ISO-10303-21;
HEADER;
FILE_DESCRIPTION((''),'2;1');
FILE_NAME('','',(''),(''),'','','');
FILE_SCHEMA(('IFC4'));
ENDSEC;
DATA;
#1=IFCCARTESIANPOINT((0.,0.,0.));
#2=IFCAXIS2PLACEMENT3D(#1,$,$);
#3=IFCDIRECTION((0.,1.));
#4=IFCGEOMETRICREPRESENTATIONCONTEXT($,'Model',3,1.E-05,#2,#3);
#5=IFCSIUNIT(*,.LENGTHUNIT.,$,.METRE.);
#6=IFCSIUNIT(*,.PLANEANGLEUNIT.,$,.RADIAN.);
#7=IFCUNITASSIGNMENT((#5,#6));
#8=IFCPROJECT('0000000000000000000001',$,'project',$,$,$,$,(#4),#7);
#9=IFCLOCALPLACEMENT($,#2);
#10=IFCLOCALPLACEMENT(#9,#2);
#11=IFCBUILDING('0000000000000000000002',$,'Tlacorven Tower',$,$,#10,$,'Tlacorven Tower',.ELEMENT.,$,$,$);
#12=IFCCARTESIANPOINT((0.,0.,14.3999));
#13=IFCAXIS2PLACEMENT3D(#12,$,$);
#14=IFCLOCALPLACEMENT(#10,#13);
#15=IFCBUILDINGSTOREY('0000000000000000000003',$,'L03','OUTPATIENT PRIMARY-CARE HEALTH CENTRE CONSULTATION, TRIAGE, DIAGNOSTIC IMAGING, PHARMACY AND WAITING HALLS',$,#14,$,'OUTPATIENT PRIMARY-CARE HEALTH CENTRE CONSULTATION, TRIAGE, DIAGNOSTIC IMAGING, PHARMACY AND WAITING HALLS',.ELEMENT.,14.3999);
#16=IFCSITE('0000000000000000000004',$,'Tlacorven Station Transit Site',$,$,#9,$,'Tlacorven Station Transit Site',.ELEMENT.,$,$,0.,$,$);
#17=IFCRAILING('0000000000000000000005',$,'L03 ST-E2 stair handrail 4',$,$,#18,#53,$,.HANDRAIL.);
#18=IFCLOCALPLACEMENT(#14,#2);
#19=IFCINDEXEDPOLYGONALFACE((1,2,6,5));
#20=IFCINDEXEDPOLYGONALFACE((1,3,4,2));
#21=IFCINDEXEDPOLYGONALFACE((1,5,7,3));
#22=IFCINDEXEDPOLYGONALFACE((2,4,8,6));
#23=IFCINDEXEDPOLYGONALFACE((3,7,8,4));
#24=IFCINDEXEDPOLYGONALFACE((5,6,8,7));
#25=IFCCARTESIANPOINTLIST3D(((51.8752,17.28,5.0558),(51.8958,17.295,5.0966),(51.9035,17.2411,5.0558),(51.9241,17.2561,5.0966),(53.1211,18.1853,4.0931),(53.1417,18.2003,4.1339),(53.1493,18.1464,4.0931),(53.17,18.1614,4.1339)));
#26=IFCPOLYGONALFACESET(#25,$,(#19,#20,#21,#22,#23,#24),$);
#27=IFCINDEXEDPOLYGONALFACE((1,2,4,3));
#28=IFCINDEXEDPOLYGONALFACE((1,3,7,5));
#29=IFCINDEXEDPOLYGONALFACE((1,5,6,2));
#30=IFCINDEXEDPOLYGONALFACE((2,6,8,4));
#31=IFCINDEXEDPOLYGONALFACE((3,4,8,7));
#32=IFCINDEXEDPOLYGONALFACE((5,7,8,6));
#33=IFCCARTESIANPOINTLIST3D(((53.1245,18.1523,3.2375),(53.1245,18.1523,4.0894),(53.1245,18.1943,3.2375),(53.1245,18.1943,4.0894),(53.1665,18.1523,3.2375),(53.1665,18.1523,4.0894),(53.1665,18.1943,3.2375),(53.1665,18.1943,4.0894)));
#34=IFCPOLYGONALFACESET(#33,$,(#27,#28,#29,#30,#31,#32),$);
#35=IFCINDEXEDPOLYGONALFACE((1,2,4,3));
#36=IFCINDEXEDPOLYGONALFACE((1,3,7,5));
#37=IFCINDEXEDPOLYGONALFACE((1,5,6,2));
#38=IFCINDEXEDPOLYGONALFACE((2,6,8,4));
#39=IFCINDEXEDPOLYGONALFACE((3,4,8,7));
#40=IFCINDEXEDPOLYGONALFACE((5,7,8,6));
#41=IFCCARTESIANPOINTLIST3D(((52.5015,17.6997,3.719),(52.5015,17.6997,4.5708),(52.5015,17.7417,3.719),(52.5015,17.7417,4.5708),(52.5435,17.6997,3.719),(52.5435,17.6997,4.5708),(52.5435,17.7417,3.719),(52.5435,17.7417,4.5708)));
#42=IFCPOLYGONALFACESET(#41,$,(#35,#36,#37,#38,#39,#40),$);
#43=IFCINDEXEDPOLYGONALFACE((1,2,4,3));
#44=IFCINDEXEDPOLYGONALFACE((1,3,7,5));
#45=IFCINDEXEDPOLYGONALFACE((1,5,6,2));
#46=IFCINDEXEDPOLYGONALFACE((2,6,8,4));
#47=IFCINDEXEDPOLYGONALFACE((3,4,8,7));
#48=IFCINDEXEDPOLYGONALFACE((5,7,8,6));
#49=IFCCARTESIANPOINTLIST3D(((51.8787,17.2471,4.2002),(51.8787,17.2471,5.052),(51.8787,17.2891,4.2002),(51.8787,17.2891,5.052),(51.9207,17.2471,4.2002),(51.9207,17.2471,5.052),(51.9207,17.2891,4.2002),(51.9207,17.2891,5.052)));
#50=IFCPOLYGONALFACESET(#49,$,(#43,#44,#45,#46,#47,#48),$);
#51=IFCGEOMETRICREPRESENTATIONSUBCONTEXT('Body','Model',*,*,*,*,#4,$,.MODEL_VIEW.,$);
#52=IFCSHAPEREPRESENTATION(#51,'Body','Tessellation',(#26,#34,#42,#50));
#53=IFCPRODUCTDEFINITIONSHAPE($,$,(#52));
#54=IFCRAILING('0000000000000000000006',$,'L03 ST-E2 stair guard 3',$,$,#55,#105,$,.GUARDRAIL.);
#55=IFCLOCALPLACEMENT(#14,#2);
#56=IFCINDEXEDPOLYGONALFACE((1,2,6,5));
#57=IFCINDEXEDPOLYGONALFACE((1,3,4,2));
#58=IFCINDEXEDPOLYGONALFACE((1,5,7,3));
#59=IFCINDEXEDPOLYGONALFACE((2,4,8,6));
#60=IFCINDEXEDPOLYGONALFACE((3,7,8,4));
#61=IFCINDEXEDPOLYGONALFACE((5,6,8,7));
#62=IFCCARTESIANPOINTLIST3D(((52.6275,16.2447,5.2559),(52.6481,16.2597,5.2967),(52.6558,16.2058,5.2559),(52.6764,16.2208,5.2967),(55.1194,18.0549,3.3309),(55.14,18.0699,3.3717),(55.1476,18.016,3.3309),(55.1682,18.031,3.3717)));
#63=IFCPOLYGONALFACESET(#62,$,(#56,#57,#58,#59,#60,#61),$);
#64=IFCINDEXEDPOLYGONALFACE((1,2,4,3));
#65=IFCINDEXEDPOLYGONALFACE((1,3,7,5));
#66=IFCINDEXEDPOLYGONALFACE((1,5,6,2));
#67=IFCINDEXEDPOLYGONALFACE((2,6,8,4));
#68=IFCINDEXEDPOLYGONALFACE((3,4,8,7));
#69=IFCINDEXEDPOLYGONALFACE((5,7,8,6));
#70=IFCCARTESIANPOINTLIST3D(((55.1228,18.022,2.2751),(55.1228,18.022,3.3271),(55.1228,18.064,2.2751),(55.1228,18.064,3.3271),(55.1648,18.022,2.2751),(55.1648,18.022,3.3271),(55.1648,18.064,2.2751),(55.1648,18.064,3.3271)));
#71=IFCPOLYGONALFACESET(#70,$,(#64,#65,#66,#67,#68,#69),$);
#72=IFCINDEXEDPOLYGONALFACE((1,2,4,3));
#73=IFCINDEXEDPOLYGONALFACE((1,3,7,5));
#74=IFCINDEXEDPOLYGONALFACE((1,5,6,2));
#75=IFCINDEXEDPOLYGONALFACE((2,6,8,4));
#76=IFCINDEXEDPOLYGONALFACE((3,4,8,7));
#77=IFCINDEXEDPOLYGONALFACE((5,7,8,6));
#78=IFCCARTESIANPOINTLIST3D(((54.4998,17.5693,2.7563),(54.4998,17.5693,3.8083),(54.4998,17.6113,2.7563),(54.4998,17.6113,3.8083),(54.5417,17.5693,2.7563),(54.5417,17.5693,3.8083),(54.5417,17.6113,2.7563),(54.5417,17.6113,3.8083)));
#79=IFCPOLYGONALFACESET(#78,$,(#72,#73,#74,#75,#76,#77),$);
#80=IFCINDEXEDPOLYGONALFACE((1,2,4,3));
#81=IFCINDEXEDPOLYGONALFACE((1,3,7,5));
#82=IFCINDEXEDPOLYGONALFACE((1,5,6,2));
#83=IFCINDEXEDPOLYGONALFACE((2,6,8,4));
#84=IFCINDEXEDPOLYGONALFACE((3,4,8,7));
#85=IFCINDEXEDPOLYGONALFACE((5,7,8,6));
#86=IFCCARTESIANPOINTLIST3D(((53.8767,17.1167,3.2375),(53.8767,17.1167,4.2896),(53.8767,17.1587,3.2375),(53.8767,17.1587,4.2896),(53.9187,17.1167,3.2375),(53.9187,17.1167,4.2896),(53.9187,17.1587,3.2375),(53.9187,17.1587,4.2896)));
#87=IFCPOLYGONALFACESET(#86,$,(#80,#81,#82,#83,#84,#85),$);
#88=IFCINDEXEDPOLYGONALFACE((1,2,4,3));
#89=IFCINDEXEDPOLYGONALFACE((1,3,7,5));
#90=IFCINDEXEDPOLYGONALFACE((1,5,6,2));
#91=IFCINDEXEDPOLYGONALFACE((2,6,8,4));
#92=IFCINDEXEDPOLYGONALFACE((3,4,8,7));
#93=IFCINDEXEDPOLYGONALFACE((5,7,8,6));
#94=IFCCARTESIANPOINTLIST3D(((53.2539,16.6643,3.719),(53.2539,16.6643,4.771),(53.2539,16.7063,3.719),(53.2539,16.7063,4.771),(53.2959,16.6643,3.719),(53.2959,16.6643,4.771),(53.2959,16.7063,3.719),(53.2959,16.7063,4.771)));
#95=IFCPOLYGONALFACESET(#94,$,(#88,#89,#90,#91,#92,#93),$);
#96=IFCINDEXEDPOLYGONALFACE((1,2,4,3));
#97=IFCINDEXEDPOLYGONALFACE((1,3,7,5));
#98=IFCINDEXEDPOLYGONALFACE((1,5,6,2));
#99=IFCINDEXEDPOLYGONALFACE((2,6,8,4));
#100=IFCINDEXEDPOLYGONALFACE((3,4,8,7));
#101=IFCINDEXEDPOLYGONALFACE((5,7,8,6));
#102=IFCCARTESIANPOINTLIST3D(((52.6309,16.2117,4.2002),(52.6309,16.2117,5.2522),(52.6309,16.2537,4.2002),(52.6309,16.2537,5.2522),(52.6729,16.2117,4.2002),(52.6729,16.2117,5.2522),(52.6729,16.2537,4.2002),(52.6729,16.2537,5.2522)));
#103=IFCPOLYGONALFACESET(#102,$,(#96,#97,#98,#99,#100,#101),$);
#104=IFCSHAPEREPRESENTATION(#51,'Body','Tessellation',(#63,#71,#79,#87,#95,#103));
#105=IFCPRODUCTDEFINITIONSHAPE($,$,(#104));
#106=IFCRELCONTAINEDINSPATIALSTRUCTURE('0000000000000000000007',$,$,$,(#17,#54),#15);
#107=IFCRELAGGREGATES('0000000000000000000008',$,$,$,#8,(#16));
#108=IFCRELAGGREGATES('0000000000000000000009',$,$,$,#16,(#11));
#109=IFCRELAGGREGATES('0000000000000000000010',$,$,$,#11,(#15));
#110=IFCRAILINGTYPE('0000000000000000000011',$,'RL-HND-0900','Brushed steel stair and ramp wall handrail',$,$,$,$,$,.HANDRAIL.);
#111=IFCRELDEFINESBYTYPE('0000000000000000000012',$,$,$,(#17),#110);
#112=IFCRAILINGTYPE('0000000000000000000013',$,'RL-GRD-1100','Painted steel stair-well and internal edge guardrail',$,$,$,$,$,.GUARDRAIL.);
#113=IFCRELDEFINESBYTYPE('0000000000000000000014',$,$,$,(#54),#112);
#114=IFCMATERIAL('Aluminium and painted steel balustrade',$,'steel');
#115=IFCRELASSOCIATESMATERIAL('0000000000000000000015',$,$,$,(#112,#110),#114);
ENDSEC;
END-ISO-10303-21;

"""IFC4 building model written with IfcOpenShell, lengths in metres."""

from ifc_helpers import new_model, si_unit, direction, frame, origin, origin_2d, place, context, subcontext, project, spatial, rectangle, extrude, source, transform, mapped, material, type_object, element, save


model = new_model("IFC4")

# Units and contexts
model_context = context("Model", 3, precision=1e-05, world=origin(), true_north=direction((0.0, 1.0)))
body_context = subcontext(model_context, "Body", "Model", "MODEL_VIEW")
ifc_project = project(units=[si_unit("LENGTHUNIT", "METRE"), si_unit("PLANEANGLEUNIT", "RADIAN")], contexts=[model_context])

# Site, building, storey
site_placement = place(None, origin())
site = spatial("IfcSite", under=ifc_project, at=site_placement, Name="Tlacorven Station Transit Site", LongName="Tlacorven Station Transit Site", CompositionType="ELEMENT", RefElevation=0.0)
building_placement = place(site_placement, origin())
building = spatial("IfcBuilding", under=site, at=building_placement, Name="Tlacorven Tower", LongName="Tlacorven Tower", CompositionType="ELEMENT")
storey_placement = place(building_placement, frame((0.0, 0.0, 14.3999)))
storey = spatial("IfcBuildingStorey", under=building, at=storey_placement, Name="L03", Description="OUTPATIENT PRIMARY-CARE HEALTH CENTRE CONSULTATION, TRIAGE, DIAGNOSTIC IMAGING, PHARMACY AND WAITING HALLS", LongName="OUTPATIENT PRIMARY-CARE HEALTH CENTRE CONSULTATION, TRIAGE, DIAGNOSTIC IMAGING, PHARMACY AND WAITING HALLS", CompositionType="ELEMENT", Elevation=14.3999)

# Railings
ifc_material_1 = material(Name="Aluminium and painted steel balustrade", Category="steel")
railing_type_1 = type_object("IfcRailingType", Name="RL-GRD-1100", Description="Painted steel stair-well and internal edge guardrail", PredefinedType="GUARDRAIL", material=ifc_material_1)
railing_type_2 = type_object("IfcRailingType", Name="RL-HND-0900", Description="Brushed steel stair and ramp wall handrail", PredefinedType="HANDRAIL", material=ifc_material_1)
shared_shape_1 = source(origin(), body_context, "Body", "SweptSolid", [
    extrude(rectangle(XDim=0.0481, YDim=0.0481, at=origin_2d()), frame((0.0, 0.0, 0.876), z_axis=(-0.685989, -0.498461, 0.530052), x_axis=(0.587832, -0.808983, 0.0)), (0.0, 0.0, 1.0), 1.8162),
    extrude(rectangle(XDim=0.042, YDim=0.042, at=origin_2d()), origin(), (0.0, 0.0, 1.0), 0.8518),
    extrude(rectangle(XDim=0.042, YDim=0.042, at=origin_2d()), frame((-0.623, -0.4526, 0.4814)), (0.0, 0.0, 1.0), 0.8518),
    extrude(rectangle(XDim=0.042, YDim=0.042, at=origin_2d()), frame((-1.2458, -0.9053, 0.9626)), (0.0, 0.0, 1.0), 0.8518),
])
railing_1_placement = place(storey_placement, frame((53.1455, 18.1733, 3.2375)))
element("IfcRailing", 1, at=railing_1_placement, inside=storey, type_object=railing_type_2, Name="L03 ST-E2 stair handrail 4", PredefinedType="HANDRAIL", context=body_context, shape_type="MappedRepresentation", body=[
    mapped(shared_shape_1, transform((0.0, 0.0, 0.0), scale=1.0)),
])
shared_shape_2 = source(origin(), body_context, "Body", "SweptSolid", [
    extrude(rectangle(XDim=0.0481, YDim=0.0481, at=origin_2d()), frame((0.0, 0.0, 1.0762), z_axis=(-0.686072, -0.498406, 0.529997), x_axis=(0.587743, -0.809048, 0.0)), (0.0, 0.0, 1.0), 3.6321),
    extrude(rectangle(XDim=0.042, YDim=0.042, at=origin_2d()), origin(), (0.0, 0.0, 1.0), 1.052),
    extrude(rectangle(XDim=0.042, YDim=0.042, at=origin_2d()), frame((-0.623, -0.4526, 0.4812)), (0.0, 0.0, 1.0), 1.052),
    extrude(rectangle(XDim=0.042, YDim=0.042, at=origin_2d()), frame((-1.2461, -0.9053, 0.9624)), (0.0, 0.0, 1.0), 1.052),
    extrude(rectangle(XDim=0.042, YDim=0.042, at=origin_2d()), frame((-1.8689, -1.3577, 1.4438)), (0.0, 0.0, 1.0), 1.052),
    extrude(rectangle(XDim=0.042, YDim=0.042, at=origin_2d()), frame((-2.4919, -1.8103, 1.925)), (0.0, 0.0, 1.0), 1.052),
])
railing_2_placement = place(storey_placement, frame((55.1438, 18.043, 2.2751)))
element("IfcRailing", 2, at=railing_2_placement, inside=storey, type_object=railing_type_1, Name="L03 ST-E2 stair guard 3", PredefinedType="GUARDRAIL", context=body_context, shape_type="MappedRepresentation", body=[
    mapped(shared_shape_2, transform((0.0, 0.0, 0.0), scale=1.0)),
])

save(model, "model.ifc")
